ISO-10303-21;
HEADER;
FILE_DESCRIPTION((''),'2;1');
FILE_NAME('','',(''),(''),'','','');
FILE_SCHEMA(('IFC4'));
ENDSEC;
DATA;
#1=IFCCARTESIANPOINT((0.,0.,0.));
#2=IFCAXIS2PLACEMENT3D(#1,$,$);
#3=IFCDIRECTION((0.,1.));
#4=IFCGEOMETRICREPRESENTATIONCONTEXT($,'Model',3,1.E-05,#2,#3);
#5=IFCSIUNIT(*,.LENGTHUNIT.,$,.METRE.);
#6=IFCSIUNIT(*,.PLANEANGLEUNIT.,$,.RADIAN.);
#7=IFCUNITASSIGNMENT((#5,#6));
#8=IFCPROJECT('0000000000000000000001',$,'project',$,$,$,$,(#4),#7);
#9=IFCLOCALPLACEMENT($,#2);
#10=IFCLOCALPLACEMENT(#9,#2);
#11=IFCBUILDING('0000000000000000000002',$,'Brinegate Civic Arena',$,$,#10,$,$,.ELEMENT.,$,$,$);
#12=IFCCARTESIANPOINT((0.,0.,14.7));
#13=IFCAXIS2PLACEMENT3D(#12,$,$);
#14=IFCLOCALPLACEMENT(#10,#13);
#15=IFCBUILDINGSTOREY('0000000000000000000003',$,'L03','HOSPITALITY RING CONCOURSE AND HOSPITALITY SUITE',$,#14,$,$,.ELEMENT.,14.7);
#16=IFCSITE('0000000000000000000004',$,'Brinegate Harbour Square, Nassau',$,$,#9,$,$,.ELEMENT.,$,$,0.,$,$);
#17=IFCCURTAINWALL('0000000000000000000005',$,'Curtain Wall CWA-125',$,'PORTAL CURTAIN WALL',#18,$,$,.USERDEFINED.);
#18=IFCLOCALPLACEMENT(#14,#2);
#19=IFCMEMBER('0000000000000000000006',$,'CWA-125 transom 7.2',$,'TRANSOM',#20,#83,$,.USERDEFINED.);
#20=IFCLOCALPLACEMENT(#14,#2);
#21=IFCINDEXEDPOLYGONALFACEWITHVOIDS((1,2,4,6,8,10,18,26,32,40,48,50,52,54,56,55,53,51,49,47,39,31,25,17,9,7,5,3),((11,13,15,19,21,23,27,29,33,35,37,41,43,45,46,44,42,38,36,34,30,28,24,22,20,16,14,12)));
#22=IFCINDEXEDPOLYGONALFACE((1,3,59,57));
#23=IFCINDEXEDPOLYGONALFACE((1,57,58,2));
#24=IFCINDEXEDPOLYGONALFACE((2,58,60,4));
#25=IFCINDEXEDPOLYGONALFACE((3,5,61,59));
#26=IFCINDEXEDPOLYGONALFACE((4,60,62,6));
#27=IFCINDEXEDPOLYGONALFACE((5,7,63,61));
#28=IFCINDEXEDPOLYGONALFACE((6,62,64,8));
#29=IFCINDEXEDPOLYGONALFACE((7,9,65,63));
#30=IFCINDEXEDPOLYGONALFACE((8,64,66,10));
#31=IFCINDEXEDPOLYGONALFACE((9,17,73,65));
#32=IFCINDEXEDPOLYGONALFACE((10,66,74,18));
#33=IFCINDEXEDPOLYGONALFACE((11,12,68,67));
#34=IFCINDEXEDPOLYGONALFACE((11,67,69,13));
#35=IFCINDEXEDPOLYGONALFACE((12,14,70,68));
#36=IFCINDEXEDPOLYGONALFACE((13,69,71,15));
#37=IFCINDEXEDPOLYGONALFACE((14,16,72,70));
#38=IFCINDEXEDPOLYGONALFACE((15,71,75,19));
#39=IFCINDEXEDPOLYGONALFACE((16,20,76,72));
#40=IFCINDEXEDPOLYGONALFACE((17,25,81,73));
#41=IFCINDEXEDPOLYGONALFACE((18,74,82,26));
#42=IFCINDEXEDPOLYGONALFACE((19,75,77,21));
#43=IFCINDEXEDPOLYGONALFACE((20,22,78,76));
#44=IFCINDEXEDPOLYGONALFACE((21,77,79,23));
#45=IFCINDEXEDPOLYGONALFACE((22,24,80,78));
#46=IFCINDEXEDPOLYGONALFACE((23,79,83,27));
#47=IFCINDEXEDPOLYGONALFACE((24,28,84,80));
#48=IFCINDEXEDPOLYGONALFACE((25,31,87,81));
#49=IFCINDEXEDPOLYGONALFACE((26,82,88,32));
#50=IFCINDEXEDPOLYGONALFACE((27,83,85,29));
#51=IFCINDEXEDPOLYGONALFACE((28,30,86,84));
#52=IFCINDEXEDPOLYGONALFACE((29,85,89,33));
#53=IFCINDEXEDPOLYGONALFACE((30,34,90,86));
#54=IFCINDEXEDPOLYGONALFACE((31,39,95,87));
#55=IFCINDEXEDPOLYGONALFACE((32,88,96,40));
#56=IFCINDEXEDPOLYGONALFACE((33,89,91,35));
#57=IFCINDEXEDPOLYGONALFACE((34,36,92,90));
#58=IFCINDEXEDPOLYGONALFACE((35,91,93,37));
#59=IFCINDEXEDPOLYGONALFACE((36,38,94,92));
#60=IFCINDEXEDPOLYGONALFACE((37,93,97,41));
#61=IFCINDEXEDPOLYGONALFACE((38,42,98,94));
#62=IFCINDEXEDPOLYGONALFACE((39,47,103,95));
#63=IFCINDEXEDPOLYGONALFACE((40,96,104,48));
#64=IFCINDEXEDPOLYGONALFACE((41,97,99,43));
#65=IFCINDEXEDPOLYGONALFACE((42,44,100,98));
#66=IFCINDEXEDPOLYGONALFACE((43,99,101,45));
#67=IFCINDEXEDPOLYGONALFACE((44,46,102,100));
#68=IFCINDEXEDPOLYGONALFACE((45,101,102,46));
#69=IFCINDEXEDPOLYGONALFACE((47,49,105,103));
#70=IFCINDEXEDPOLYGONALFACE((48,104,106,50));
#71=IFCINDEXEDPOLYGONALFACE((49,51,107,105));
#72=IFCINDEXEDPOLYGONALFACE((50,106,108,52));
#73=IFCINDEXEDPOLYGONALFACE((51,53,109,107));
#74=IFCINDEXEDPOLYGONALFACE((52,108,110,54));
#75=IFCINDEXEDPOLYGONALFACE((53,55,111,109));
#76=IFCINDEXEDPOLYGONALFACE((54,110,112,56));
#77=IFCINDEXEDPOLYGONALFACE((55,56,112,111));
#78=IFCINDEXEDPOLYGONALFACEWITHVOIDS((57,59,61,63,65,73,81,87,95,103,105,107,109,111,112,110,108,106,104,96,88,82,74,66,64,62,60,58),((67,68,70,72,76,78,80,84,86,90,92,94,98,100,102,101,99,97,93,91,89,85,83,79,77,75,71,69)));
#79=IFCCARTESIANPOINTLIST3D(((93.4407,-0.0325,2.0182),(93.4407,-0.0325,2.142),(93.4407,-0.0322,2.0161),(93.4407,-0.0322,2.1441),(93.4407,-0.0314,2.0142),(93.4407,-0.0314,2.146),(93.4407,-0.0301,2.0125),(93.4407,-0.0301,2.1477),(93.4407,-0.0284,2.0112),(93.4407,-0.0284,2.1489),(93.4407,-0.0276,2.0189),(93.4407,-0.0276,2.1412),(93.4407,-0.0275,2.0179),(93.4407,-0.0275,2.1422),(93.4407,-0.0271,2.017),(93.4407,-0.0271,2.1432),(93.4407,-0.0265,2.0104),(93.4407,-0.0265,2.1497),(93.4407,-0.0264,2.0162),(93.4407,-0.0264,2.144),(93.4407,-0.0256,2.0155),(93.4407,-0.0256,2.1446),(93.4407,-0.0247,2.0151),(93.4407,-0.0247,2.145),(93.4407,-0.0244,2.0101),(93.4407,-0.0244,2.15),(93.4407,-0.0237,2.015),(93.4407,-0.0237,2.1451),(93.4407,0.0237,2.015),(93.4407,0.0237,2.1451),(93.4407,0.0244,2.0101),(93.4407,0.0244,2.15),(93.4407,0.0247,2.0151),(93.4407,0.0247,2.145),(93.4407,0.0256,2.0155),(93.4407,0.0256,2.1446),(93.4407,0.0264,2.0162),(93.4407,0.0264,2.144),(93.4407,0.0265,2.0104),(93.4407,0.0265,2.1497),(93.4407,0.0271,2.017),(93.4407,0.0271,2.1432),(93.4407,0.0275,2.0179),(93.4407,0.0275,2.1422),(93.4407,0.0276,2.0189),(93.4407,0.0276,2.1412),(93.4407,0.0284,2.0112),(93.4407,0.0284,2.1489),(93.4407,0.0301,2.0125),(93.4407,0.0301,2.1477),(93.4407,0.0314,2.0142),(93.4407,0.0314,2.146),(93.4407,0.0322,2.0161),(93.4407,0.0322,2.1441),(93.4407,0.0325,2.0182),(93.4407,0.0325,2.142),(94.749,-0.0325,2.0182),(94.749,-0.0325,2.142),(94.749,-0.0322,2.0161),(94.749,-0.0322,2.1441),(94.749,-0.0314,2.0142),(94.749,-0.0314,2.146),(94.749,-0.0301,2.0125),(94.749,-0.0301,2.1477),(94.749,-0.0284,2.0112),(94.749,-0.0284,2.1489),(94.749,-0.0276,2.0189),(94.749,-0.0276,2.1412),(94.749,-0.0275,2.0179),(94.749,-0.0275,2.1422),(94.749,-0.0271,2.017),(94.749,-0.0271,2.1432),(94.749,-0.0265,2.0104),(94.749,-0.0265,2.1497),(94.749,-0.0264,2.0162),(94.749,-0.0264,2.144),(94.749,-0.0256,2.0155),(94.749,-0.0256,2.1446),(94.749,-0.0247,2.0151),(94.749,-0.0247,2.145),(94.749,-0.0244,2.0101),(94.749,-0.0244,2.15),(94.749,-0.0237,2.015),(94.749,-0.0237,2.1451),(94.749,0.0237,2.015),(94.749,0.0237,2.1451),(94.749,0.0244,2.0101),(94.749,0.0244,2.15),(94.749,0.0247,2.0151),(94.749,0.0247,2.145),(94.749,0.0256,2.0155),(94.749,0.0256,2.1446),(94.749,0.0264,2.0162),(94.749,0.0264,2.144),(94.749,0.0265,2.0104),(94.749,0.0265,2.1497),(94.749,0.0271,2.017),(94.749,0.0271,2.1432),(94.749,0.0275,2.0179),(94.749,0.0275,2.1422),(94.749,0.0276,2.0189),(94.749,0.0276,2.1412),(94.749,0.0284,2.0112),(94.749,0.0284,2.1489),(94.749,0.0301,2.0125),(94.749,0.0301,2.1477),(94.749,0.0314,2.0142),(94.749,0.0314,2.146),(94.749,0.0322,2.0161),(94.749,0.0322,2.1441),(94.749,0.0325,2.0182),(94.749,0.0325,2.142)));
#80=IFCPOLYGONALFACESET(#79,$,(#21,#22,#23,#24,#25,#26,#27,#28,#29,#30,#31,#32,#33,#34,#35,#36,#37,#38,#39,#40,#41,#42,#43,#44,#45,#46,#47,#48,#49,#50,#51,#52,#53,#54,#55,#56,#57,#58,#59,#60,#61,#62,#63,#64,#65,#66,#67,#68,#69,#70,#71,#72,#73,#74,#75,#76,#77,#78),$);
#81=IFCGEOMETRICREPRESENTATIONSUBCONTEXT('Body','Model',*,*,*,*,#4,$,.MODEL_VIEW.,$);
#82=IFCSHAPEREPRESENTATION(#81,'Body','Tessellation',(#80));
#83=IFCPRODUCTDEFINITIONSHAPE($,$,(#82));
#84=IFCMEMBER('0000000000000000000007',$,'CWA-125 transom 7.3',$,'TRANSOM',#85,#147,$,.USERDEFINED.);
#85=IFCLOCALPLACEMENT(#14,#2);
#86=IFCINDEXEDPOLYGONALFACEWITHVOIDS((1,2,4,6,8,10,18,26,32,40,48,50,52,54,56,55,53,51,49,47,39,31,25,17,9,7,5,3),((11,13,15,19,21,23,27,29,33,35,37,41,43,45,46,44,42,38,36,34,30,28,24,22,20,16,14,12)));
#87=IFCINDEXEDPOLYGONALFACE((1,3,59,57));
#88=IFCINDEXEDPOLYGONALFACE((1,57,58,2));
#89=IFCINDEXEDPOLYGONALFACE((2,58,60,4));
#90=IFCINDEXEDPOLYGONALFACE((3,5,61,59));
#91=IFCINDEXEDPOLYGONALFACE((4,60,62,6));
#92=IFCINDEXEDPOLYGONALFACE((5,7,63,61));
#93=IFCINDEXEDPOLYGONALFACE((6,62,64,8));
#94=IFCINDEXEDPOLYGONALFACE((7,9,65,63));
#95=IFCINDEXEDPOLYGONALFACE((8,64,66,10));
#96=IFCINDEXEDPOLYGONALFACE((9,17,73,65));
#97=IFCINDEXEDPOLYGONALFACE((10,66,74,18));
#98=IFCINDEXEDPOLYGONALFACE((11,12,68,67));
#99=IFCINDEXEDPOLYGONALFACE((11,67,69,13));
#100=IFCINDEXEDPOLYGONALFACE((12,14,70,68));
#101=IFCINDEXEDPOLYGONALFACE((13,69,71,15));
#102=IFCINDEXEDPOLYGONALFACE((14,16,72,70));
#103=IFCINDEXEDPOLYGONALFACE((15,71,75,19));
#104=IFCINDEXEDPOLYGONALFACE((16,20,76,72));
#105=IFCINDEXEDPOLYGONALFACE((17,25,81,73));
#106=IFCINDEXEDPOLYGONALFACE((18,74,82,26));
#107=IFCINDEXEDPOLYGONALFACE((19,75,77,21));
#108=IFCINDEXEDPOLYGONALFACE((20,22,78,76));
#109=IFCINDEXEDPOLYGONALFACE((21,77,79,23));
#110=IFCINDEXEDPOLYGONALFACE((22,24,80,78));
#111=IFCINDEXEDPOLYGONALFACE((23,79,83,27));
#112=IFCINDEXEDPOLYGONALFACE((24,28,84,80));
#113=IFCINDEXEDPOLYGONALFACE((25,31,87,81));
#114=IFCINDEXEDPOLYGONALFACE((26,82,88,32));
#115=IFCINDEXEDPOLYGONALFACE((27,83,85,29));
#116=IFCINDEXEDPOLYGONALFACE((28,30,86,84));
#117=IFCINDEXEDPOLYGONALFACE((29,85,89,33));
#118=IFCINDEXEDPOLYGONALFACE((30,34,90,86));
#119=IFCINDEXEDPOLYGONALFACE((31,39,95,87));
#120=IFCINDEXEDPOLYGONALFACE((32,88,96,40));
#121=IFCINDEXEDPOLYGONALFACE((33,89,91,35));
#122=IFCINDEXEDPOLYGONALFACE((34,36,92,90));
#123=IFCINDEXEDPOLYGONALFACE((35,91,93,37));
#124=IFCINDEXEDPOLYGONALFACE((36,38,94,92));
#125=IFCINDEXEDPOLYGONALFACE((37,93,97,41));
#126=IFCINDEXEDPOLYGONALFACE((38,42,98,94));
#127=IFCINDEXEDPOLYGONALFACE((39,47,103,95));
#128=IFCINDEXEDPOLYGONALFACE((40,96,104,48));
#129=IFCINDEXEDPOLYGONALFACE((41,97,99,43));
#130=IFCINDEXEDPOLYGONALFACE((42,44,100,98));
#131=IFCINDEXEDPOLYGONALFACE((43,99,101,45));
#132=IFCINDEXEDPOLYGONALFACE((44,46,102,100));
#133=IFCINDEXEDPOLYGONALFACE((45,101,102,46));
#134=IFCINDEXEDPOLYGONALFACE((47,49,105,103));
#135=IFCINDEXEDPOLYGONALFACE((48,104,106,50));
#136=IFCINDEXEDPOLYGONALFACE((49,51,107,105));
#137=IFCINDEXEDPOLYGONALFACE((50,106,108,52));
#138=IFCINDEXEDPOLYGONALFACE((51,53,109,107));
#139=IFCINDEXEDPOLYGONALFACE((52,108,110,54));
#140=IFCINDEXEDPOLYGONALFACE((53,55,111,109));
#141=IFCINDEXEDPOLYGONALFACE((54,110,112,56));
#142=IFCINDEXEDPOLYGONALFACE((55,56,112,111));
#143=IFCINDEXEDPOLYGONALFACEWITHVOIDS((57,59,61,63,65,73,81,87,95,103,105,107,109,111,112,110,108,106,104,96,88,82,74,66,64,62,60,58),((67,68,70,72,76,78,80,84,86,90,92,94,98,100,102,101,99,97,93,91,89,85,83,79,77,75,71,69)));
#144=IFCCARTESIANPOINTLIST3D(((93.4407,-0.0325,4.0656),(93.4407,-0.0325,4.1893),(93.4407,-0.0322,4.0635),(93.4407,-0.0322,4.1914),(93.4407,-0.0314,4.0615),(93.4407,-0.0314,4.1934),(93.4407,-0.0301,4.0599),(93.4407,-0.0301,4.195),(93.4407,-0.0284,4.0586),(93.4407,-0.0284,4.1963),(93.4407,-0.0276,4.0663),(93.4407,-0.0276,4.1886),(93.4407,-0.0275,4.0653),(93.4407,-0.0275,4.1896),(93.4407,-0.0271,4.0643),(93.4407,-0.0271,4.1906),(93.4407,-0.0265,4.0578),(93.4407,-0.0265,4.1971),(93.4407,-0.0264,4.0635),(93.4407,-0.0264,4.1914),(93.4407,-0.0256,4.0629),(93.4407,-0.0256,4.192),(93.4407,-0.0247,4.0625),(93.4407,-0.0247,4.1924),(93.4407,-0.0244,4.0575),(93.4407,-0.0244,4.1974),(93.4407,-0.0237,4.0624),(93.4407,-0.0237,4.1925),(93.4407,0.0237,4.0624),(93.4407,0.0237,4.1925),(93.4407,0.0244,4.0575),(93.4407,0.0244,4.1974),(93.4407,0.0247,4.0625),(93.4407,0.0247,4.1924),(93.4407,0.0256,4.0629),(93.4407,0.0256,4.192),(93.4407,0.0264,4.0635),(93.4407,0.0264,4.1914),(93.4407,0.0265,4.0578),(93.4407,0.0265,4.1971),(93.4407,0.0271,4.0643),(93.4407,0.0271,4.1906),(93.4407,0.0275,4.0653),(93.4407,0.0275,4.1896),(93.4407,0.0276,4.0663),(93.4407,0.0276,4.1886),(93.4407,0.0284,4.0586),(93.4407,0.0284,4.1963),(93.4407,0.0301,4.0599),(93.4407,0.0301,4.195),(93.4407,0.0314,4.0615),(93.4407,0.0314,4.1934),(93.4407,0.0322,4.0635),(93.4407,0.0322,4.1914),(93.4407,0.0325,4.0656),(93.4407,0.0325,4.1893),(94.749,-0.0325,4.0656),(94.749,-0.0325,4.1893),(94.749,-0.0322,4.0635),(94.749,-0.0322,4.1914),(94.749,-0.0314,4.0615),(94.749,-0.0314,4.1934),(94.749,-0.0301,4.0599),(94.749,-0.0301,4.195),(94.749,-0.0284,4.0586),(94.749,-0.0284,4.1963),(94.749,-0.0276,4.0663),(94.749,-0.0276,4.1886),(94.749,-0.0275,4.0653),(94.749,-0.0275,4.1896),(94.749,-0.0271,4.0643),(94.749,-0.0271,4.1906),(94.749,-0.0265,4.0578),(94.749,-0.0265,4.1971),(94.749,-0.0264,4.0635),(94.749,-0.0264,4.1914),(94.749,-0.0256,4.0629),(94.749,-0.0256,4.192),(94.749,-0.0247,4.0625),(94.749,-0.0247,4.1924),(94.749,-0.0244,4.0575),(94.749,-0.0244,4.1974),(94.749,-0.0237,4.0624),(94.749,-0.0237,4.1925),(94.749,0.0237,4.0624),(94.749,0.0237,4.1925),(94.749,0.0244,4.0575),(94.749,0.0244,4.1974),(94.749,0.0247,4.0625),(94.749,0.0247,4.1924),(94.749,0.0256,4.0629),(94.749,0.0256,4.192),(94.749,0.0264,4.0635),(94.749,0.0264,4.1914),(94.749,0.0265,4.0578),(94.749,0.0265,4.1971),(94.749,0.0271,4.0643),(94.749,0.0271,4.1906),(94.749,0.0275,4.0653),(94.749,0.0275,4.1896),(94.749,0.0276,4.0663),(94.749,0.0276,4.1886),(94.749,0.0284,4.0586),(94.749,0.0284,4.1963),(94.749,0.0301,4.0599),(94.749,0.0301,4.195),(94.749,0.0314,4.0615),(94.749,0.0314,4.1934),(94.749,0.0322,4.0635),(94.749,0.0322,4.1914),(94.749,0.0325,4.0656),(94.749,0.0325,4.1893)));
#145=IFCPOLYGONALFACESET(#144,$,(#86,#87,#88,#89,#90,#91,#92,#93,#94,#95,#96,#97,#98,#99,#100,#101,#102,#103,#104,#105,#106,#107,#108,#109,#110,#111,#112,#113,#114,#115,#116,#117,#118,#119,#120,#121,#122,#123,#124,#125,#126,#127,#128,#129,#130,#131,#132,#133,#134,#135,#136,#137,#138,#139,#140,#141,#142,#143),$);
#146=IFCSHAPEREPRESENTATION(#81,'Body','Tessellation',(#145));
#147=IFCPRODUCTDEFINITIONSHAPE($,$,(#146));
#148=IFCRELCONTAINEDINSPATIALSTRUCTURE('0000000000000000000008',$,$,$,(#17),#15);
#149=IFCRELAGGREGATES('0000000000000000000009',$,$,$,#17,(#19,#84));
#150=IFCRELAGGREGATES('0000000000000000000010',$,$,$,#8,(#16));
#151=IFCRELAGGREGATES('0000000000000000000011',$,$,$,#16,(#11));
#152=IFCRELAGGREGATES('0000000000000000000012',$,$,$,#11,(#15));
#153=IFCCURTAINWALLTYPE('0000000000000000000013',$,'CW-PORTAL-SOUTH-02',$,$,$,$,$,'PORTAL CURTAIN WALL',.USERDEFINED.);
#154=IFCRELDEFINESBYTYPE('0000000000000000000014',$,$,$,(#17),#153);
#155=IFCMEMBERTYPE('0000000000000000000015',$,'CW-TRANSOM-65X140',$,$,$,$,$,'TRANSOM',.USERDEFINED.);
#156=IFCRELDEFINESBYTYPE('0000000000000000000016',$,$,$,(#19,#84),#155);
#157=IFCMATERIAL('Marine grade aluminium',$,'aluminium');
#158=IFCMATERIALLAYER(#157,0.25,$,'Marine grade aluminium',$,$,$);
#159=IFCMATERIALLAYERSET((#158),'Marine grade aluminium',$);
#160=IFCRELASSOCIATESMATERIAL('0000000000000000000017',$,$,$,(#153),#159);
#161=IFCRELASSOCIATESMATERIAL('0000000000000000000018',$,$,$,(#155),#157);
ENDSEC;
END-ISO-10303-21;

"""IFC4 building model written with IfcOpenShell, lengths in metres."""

from ifc_helpers import new_model, si_unit, direction, frame, origin, origin_2d, place, context, subcontext, project, spatial, hollow_rectangle, extrude, material, layer, layer_set, material_profile, profile_set, type_object, element, aggregate, save


model = new_model("IFC4")

# Units and contexts
model_context = context("Model", 3, precision=1e-05, world=origin(), true_north=direction((0.0, 1.0)))
body_context = subcontext(model_context, "Body", "Model", "MODEL_VIEW")
ifc_project = project(units=[si_unit("LENGTHUNIT", "METRE"), si_unit("PLANEANGLEUNIT", "RADIAN")], contexts=[model_context])

# Site, building, storey
site_placement = place(None, origin())
site = spatial("IfcSite", under=ifc_project, at=site_placement, Name="Brinegate Harbour Square, Nassau", CompositionType="ELEMENT", RefElevation=0.0)
building_placement = place(site_placement, origin())
building = spatial("IfcBuilding", under=site, at=building_placement, Name="Brinegate Civic Arena", CompositionType="ELEMENT")
storey_placement = place(building_placement, frame((0.0, 0.0, 14.7)))
storey = spatial("IfcBuildingStorey", under=building, at=storey_placement, Name="L03", Description="HOSPITALITY RING CONCOURSE AND HOSPITALITY SUITE", CompositionType="ELEMENT", Elevation=14.7)

# Curtain wall
ifc_material_1 = material(Name="Marine grade aluminium", Category="aluminium")
ifc_layer_1 = layer(ifc_material_1, 0.25, Name="Marine grade aluminium")
ifc_layer_set_1 = layer_set([ifc_layer_1], Name="Marine grade aluminium")
curtain_wall_type = type_object("IfcCurtainWallType", Name="CW-PORTAL-SOUTH-02", ElementType="PORTAL CURTAIN WALL", PredefinedType="USERDEFINED", material=ifc_layer_set_1)
curtain_wall_1_placement = place(storey_placement, origin())
curtain_wall_1 = element("IfcCurtainWall", 1, at=curtain_wall_1_placement, inside=storey, type_object=curtain_wall_type, Name="Curtain Wall CWA-125", ObjectType="PORTAL CURTAIN WALL", PredefinedType="USERDEFINED")

# Members
ifc_material_profile_1 = material_profile(ifc_material_1, hollow_rectangle(XDim=0.0649, YDim=0.1399, WallThickness=0.0049, InnerFilletRadius=0.0039, OuterFilletRadius=0.0081, at=origin_2d()), Name="TRN65X140")
ifc_profile_set_1 = profile_set([ifc_material_profile_1], Name="Marine grade aluminium")
member_type_1 = type_object("IfcMemberType", Name="CW-TRANSOM-65X140", ElementType="TRANSOM", PredefinedType="USERDEFINED", material=ifc_profile_set_1)
member_1_placement = place(storey_placement, frame((93.4407, 0.0, 2.0801), z_axis=(1.0, 0.0, 0.0), x_axis=(0.0, 1.0, 0.0)))
member_1 = element("IfcMember", 2, at=member_1_placement, type_object=member_type_1, Name="CWA-125 transom 7.2", ObjectType="TRANSOM", PredefinedType="USERDEFINED", context=body_context, shape_type="SweptSolid", body=[
    extrude(hollow_rectangle(XDim=0.0649, YDim=0.1399, WallThickness=0.0049, InnerFilletRadius=0.0039, OuterFilletRadius=0.0081, at=origin_2d()), origin(), (0.0, 0.0, 1.0), 1.3083),
])
member_2_placement = place(storey_placement, frame((93.4407, 0.0, 4.1274), z_axis=(1.0, 0.0, 0.0), x_axis=(0.0, 1.0, 0.0)))
member_2 = element("IfcMember", 3, at=member_2_placement, type_object=member_type_1, Name="CWA-125 transom 7.3", ObjectType="TRANSOM", PredefinedType="USERDEFINED", context=body_context, shape_type="SweptSolid", body=[
    extrude(hollow_rectangle(XDim=0.0649, YDim=0.1399, WallThickness=0.0049, InnerFilletRadius=0.0039, OuterFilletRadius=0.0081, at=origin_2d()), origin(), (0.0, 0.0, 1.0), 1.3083),
])

aggregate(curtain_wall_1, [member_1, member_2])

save(model, "model.ifc")
